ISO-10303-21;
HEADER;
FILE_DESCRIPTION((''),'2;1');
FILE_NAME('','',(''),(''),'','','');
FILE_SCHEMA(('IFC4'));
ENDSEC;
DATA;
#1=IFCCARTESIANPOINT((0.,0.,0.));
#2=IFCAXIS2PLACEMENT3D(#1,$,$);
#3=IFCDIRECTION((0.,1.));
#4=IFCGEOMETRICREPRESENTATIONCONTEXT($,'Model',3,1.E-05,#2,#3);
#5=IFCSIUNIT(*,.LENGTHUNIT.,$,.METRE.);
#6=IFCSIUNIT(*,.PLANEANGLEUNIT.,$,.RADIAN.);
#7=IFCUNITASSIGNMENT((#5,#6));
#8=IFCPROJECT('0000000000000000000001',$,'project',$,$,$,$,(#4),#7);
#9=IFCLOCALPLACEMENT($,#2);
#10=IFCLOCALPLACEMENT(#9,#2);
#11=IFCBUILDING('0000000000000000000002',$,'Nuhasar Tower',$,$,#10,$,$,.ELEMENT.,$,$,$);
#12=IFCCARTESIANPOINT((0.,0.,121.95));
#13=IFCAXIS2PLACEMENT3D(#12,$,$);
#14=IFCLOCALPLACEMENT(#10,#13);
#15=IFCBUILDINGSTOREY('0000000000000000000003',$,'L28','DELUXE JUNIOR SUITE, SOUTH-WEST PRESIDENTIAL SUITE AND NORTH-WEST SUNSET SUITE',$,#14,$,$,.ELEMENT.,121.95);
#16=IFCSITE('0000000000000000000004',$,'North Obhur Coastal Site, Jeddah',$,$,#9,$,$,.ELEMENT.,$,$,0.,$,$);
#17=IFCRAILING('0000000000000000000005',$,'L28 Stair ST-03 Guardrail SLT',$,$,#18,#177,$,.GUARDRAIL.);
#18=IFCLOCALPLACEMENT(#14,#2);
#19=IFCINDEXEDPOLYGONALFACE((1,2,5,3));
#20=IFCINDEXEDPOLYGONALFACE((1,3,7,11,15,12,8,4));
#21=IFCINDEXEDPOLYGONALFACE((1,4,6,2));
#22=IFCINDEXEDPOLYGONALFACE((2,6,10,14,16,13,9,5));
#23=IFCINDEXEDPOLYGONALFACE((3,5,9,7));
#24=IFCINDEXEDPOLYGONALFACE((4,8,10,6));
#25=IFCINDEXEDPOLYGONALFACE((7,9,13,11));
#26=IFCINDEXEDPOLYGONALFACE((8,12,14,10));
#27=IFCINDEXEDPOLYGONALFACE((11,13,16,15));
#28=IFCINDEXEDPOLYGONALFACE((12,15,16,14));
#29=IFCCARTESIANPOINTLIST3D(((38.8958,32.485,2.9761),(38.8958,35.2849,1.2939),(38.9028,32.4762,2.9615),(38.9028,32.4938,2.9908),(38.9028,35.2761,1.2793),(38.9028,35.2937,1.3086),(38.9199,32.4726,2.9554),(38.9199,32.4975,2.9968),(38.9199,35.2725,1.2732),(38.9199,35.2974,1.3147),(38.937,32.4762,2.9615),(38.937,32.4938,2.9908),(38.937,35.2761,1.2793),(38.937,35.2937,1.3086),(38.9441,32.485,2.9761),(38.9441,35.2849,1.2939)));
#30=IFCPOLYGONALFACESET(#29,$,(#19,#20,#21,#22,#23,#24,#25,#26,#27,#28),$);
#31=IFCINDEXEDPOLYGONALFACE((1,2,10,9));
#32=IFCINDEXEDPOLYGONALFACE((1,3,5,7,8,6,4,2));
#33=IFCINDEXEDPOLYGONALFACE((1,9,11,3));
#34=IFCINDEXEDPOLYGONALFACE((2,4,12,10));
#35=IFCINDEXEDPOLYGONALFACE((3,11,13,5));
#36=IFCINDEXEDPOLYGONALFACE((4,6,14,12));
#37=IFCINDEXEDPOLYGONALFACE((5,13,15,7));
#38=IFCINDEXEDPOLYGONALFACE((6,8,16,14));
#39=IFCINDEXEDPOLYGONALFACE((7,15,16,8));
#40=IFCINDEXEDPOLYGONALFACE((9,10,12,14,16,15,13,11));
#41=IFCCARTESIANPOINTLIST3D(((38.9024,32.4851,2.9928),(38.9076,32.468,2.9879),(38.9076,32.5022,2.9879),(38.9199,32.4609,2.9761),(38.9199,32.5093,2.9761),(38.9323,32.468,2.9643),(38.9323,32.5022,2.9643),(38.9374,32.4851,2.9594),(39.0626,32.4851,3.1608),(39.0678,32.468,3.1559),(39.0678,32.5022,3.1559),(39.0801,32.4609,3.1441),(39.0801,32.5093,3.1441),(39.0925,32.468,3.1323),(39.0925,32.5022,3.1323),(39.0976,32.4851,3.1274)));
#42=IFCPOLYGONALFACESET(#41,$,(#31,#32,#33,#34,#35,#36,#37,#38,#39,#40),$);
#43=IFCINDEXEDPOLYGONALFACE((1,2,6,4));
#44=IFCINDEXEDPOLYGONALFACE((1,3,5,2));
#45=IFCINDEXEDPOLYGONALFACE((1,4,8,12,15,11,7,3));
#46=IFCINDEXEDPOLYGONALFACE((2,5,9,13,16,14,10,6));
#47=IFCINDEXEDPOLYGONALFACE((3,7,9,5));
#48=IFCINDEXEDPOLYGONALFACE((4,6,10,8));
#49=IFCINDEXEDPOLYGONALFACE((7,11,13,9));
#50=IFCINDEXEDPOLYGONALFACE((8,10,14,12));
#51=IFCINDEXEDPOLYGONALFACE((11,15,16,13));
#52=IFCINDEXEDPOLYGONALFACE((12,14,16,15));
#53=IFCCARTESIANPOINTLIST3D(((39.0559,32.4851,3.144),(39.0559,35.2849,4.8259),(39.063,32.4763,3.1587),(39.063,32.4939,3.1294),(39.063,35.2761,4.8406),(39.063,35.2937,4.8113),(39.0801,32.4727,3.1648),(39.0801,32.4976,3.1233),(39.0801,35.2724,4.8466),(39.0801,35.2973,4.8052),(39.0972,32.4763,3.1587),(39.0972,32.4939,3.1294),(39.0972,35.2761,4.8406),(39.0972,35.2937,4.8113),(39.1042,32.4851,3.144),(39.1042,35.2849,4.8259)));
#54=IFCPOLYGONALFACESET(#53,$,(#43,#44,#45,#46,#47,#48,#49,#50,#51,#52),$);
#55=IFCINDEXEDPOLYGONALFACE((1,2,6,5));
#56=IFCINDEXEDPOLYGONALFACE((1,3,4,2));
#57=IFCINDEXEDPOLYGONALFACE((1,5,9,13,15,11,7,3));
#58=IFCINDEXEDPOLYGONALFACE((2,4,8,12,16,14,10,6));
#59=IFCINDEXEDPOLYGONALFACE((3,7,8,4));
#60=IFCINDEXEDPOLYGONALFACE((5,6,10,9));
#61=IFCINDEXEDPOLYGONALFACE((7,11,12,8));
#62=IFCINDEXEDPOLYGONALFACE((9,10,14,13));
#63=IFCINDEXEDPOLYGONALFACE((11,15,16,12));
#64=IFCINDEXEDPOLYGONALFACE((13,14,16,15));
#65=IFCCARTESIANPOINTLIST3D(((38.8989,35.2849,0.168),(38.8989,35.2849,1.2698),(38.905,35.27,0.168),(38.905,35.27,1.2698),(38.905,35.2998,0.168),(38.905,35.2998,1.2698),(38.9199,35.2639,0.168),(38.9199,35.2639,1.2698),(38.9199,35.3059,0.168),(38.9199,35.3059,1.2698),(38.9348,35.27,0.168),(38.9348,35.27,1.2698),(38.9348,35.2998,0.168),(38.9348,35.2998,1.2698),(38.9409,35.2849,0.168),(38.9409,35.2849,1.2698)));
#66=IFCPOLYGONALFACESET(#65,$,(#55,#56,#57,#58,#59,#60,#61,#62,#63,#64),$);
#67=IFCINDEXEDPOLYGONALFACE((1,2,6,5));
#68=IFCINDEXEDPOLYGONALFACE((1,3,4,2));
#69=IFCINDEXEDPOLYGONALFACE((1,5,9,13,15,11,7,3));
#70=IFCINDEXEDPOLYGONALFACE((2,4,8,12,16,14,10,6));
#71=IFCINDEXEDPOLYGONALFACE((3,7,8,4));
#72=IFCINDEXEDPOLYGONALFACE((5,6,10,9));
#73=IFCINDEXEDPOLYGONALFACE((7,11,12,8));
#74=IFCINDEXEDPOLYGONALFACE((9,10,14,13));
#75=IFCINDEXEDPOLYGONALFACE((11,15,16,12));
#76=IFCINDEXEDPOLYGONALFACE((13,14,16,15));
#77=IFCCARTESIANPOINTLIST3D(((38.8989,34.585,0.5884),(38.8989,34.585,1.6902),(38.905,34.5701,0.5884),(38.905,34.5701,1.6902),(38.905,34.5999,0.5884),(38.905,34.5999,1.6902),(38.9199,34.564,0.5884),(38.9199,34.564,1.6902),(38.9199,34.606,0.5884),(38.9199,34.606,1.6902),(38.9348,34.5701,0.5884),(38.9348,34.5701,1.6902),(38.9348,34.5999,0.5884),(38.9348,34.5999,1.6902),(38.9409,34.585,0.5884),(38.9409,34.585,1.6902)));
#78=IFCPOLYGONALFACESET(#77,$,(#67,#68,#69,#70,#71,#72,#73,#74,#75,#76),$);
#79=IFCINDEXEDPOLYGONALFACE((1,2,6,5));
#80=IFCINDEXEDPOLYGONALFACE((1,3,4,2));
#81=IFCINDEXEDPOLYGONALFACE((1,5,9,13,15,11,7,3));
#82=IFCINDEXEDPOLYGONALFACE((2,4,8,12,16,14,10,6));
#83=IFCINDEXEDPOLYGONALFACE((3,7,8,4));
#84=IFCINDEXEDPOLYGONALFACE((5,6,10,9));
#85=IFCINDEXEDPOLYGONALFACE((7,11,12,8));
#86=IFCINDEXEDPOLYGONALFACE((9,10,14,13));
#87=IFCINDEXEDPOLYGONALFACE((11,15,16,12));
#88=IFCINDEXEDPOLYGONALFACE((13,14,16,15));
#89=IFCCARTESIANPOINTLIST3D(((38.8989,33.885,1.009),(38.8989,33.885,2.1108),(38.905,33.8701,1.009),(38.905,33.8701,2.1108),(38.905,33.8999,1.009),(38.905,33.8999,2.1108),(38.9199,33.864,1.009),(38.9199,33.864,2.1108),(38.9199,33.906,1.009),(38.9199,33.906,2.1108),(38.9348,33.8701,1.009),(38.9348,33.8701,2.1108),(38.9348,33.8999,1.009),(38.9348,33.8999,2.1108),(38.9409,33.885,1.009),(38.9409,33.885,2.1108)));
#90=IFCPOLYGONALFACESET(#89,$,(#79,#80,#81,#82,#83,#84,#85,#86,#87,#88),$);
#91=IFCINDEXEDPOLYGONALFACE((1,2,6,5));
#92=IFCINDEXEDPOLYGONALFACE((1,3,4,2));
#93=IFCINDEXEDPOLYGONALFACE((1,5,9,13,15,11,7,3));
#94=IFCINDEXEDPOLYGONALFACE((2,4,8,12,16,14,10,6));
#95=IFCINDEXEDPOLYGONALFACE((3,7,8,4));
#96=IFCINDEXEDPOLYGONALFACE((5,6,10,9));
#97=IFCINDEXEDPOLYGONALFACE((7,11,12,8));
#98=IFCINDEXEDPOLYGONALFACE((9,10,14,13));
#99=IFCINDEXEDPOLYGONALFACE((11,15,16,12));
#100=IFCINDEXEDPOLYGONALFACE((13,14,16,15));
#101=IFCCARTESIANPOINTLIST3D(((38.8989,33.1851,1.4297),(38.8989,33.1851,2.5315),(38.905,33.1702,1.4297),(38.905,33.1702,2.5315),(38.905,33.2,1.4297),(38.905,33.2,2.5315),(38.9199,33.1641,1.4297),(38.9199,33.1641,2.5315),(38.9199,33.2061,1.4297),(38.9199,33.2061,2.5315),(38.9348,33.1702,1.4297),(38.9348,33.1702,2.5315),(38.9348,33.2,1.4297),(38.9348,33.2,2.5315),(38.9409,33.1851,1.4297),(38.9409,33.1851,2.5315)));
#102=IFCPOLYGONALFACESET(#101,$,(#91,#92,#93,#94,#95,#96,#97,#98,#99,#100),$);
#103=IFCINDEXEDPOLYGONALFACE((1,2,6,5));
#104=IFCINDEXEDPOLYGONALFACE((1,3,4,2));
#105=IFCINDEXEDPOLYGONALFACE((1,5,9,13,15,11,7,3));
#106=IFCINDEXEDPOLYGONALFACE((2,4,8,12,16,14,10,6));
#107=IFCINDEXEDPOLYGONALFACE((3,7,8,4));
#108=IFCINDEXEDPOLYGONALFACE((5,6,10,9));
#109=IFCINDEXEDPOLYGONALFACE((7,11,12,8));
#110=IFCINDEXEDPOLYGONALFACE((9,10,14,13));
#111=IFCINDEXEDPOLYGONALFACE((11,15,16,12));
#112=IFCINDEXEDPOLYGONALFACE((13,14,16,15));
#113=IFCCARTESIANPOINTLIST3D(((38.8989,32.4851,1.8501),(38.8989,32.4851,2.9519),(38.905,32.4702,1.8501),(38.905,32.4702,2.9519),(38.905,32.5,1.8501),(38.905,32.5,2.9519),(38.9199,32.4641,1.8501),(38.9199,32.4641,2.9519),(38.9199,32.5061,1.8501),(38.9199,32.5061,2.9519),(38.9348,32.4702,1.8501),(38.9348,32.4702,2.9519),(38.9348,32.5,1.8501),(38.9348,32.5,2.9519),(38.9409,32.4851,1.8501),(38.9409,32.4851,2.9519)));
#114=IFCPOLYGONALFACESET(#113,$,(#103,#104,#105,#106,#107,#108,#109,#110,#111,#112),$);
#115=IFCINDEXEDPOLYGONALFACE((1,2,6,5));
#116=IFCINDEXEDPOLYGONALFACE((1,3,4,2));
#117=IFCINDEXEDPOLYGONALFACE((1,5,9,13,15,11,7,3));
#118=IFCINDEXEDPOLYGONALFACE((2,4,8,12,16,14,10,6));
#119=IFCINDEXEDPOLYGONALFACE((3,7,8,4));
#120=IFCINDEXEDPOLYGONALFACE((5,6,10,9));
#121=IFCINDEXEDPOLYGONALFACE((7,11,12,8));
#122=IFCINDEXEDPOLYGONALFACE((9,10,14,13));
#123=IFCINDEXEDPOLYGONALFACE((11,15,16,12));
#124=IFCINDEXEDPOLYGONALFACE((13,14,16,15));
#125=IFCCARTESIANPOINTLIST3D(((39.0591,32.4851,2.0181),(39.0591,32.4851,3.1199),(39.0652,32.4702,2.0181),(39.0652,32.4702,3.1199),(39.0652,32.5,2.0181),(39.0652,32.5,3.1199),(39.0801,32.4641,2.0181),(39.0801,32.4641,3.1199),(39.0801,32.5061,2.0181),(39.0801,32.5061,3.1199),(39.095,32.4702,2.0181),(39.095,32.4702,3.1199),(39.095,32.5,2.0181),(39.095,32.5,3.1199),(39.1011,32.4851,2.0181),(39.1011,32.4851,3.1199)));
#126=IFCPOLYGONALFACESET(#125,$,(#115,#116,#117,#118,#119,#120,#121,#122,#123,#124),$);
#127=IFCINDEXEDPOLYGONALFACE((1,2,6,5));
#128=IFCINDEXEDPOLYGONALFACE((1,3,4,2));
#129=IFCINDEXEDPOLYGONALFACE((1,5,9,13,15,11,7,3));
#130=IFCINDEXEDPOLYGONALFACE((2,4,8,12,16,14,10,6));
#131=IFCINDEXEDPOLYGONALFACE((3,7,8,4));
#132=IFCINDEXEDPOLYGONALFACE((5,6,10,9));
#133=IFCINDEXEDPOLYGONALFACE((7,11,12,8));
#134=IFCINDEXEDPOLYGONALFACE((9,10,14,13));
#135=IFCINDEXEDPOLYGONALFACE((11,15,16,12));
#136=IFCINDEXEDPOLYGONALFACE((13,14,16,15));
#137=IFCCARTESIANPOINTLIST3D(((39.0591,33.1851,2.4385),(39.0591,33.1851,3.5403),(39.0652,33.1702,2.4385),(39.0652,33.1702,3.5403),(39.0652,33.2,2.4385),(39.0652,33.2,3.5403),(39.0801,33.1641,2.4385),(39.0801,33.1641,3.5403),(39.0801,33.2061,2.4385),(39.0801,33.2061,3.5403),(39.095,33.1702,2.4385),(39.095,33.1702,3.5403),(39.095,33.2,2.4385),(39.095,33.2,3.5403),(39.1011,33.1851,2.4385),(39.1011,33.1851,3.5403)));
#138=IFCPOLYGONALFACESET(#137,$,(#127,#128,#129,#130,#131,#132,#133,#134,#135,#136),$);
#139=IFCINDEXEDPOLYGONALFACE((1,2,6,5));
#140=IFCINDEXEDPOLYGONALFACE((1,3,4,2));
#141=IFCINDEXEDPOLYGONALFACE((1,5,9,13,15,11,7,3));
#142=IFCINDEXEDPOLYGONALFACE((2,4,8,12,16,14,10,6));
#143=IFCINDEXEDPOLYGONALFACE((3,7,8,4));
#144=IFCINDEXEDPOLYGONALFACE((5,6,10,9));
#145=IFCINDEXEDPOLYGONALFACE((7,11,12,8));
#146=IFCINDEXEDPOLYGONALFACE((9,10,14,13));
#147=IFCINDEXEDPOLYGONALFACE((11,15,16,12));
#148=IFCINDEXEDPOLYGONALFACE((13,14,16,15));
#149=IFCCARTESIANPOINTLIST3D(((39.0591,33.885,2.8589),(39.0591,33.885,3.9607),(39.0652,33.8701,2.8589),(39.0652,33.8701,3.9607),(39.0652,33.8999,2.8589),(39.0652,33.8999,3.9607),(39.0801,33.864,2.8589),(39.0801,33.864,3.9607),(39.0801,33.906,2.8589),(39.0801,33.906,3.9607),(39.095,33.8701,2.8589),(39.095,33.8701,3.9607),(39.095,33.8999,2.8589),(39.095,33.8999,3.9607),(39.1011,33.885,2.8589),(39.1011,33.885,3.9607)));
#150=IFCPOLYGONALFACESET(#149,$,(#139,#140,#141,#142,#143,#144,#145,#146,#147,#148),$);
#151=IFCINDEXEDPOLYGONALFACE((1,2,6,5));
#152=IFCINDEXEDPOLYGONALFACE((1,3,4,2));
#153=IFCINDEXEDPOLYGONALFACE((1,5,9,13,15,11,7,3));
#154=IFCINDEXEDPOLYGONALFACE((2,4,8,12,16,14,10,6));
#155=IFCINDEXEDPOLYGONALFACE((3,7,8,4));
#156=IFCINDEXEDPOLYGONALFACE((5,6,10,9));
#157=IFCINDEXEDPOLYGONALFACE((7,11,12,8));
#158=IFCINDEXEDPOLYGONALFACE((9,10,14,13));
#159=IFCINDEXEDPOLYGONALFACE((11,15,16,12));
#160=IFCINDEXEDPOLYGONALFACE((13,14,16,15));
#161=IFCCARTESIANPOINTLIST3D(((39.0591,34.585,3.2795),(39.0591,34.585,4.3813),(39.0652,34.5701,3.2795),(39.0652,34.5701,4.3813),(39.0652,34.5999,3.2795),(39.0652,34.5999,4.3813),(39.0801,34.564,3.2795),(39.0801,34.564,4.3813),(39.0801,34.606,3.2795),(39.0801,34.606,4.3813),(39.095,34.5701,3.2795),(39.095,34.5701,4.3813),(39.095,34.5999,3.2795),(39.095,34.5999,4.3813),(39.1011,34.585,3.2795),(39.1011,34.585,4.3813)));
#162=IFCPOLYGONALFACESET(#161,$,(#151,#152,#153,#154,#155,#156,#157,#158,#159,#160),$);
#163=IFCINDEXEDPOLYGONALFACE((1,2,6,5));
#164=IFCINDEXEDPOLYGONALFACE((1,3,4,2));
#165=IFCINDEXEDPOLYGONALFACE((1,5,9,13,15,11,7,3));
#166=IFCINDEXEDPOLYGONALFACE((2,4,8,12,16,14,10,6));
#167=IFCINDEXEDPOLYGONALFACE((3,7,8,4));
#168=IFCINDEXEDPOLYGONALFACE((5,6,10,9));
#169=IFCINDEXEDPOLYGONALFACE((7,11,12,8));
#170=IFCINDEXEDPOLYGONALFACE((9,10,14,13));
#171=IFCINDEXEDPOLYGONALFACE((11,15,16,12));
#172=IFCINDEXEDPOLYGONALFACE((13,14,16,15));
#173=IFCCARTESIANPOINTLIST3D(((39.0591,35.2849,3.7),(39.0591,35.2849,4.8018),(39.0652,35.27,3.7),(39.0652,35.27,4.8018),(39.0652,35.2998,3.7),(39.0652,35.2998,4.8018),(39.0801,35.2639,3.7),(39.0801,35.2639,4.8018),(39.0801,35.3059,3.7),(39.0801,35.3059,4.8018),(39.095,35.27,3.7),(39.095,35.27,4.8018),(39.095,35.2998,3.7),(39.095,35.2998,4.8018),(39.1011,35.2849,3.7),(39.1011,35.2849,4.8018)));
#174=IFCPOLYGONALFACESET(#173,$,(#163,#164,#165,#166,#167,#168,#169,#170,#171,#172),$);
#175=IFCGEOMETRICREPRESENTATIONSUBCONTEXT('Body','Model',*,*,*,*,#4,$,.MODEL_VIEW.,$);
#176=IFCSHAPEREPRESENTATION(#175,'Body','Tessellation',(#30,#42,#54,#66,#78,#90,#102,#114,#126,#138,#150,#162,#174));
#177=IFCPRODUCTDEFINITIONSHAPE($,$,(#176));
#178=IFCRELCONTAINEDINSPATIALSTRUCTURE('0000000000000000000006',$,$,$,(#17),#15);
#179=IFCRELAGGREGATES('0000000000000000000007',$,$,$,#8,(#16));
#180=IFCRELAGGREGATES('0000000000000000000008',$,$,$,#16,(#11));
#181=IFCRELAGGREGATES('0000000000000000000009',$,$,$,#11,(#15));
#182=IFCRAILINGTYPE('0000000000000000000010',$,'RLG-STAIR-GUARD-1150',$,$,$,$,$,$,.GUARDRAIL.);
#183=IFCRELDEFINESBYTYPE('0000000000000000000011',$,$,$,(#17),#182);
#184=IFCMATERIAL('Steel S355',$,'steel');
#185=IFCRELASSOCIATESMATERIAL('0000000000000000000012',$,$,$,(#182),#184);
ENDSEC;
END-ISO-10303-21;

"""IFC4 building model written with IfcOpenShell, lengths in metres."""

from ifc_helpers import new_model, si_unit, direction, frame, origin, place, context, subcontext, project, spatial, polyline, outline, extrude, material, type_object, element, save


model = new_model("IFC4")

# Units and contexts
model_context = context("Model", 3, precision=1e-05, world=origin(), true_north=direction((0.0, 1.0)))
body_context = subcontext(model_context, "Body", "Model", "MODEL_VIEW")
ifc_project = project(units=[si_unit("LENGTHUNIT", "METRE"), si_unit("PLANEANGLEUNIT", "RADIAN")], contexts=[model_context])

# Site, building, storey
site_placement = place(None, origin())
site = spatial("IfcSite", under=ifc_project, at=site_placement, Name="North Obhur Coastal Site, Jeddah", CompositionType="ELEMENT", RefElevation=0.0)
building_placement = place(site_placement, origin())
building = spatial("IfcBuilding", under=site, at=building_placement, Name="Nuhasar Tower", CompositionType="ELEMENT")
storey_placement = place(building_placement, frame((0.0, 0.0, 121.95)))
storey = spatial("IfcBuildingStorey", under=building, at=storey_placement, Name="L28", Description="DELUXE JUNIOR SUITE, SOUTH-WEST PRESIDENTIAL SUITE AND NORTH-WEST SUNSET SUITE", CompositionType="ELEMENT", Elevation=121.95)

# Shared definitions
ifc_material_1 = material(Name="Steel S355", Category="steel")

# Railing
railing_type_1 = type_object("IfcRailingType", Name="RLG-STAIR-GUARD-1150", PredefinedType="GUARDRAIL", material=ifc_material_1)
railing_1_placement = place(storey_placement, frame((38.9199, 35.2849, 0.168)))
element("IfcRailing", 1, at=railing_1_placement, inside=storey, type_object=railing_type_1, Name="L28 Stair ST-03 Guardrail SLT", PredefinedType="GUARDRAIL", context=body_context, shape_type="SweptSolid", body=[
    extrude(outline(polyline([(0.0242, 0.0), (0.0171, 0.0171), (0.0, 0.0242), (-0.0171, 0.0171), (-0.0242, 0.0), (-0.0171, -0.0171), (0.0, -0.0242), (0.0171, -0.0171), (0.0242, 0.0)])), frame((0.0, 0.0, 1.126), z_axis=(0.0, -0.857189, 0.515001), x_axis=(1.0, 0.0, 0.0)), (0.0, 0.0, 1.0), 3.2664),
    extrude(outline(polyline([(0.0242, 0.0), (0.0171, 0.0171), (0.0, 0.0242), (-0.0171, 0.0171), (-0.0242, 0.0), (-0.0171, -0.0171), (0.0, -0.0242), (0.0171, -0.0171), (0.0242, 0.0)])), frame((0.0, -2.7998, 2.8081), z_axis=(0.690075, 0.0, 0.723738), x_axis=(0.0, 1.0, 0.0)), (0.0, 0.0, 1.0), 0.2322),
    extrude(outline(polyline([(0.0242, 0.0), (0.0171, 0.0171), (0.0, 0.0242), (-0.0171, 0.0171), (-0.0242, 0.0), (-0.0171, -0.0171), (0.0, -0.0242), (0.0171, -0.0171), (0.0242, 0.0)])), frame((0.1602, -2.7998, 2.9761), z_axis=(0.0, 0.857222, 0.514946), x_axis=(-1.0, 0.0, 0.0)), (0.0, 0.0, 1.0), 3.2661),
    extrude(outline(polyline([(0.021, 0.0), (0.0149, 0.0149), (0.0, 0.021), (-0.0149, 0.0149), (-0.021, 0.0), (-0.0149, -0.0149), (0.0, -0.021), (0.0149, -0.0149), (0.021, 0.0)])), origin(), (0.0, 0.0, 1.0), 1.1018),
    extrude(outline(polyline([(0.021, 0.0), (0.0149, 0.0149), (0.0, 0.021), (-0.0149, 0.0149), (-0.021, 0.0), (-0.0149, -0.0149), (0.0, -0.021), (0.0149, -0.0149), (0.021, 0.0)])), frame((0.0, -0.7, 0.4204)), (0.0, 0.0, 1.0), 1.1018),
    extrude(outline(polyline([(0.021, 0.0), (0.0149, 0.0149), (0.0, 0.021), (-0.0149, 0.0149), (-0.021, 0.0), (-0.0149, -0.0149), (0.0, -0.021), (0.0149, -0.0149), (0.021, 0.0)])), frame((0.0, -1.3999, 0.8411)), (0.0, 0.0, 1.0), 1.1018),
    extrude(outline(polyline([(0.021, 0.0), (0.0149, 0.0149), (0.0, 0.021), (-0.0149, 0.0149), (-0.021, 0.0), (-0.0149, -0.0149), (0.0, -0.021), (0.0149, -0.0149), (0.021, 0.0)])), frame((0.0, -2.0999, 1.2617)), (0.0, 0.0, 1.0), 1.1018),
    extrude(outline(polyline([(0.021, 0.0), (0.0149, 0.0149), (0.0, 0.021), (-0.0149, 0.0149), (-0.021, 0.0), (-0.0149, -0.0149), (0.0, -0.021), (0.0149, -0.0149), (0.021, 0.0)])), frame((0.0, -2.7998, 1.6821)), (0.0, 0.0, 1.0), 1.1018),
    extrude(outline(polyline([(0.021, 0.0), (0.0149, 0.0149), (0.0, 0.021), (-0.0149, 0.0149), (-0.021, 0.0), (-0.0149, -0.0149), (0.0, -0.021), (0.0149, -0.0149), (0.021, 0.0)])), frame((0.1602, -2.7998, 1.8501)), (0.0, 0.0, 1.0), 1.1018),
    extrude(outline(polyline([(0.021, 0.0), (0.0149, 0.0149), (0.0, 0.021), (-0.0149, 0.0149), (-0.021, 0.0), (-0.0149, -0.0149), (0.0, -0.021), (0.0149, -0.0149), (0.021, 0.0)])), frame((0.1602, -2.0999, 2.2705)), (0.0, 0.0, 1.0), 1.1018),
    extrude(outline(polyline([(0.021, 0.0), (0.0149, 0.0149), (0.0, 0.021), (-0.0149, 0.0149), (-0.021, 0.0), (-0.0149, -0.0149), (0.0, -0.021), (0.0149, -0.0149), (0.021, 0.0)])), frame((0.1602, -1.3999, 2.6909)), (0.0, 0.0, 1.0), 1.1018),
    extrude(outline(polyline([(0.021, 0.0), (0.0149, 0.0149), (0.0, 0.021), (-0.0149, 0.0149), (-0.021, 0.0), (-0.0149, -0.0149), (0.0, -0.021), (0.0149, -0.0149), (0.021, 0.0)])), frame((0.1602, -0.7, 3.1116)), (0.0, 0.0, 1.0), 1.1018),
    extrude(outline(polyline([(0.021, 0.0), (0.0149, 0.0149), (0.0, 0.021), (-0.0149, 0.0149), (-0.021, 0.0), (-0.0149, -0.0149), (0.0, -0.021), (0.0149, -0.0149), (0.021, 0.0)])), frame((0.1602, 0.0, 3.532)), (0.0, 0.0, 1.0), 1.1018),
])

save(model, "model.ifc")
